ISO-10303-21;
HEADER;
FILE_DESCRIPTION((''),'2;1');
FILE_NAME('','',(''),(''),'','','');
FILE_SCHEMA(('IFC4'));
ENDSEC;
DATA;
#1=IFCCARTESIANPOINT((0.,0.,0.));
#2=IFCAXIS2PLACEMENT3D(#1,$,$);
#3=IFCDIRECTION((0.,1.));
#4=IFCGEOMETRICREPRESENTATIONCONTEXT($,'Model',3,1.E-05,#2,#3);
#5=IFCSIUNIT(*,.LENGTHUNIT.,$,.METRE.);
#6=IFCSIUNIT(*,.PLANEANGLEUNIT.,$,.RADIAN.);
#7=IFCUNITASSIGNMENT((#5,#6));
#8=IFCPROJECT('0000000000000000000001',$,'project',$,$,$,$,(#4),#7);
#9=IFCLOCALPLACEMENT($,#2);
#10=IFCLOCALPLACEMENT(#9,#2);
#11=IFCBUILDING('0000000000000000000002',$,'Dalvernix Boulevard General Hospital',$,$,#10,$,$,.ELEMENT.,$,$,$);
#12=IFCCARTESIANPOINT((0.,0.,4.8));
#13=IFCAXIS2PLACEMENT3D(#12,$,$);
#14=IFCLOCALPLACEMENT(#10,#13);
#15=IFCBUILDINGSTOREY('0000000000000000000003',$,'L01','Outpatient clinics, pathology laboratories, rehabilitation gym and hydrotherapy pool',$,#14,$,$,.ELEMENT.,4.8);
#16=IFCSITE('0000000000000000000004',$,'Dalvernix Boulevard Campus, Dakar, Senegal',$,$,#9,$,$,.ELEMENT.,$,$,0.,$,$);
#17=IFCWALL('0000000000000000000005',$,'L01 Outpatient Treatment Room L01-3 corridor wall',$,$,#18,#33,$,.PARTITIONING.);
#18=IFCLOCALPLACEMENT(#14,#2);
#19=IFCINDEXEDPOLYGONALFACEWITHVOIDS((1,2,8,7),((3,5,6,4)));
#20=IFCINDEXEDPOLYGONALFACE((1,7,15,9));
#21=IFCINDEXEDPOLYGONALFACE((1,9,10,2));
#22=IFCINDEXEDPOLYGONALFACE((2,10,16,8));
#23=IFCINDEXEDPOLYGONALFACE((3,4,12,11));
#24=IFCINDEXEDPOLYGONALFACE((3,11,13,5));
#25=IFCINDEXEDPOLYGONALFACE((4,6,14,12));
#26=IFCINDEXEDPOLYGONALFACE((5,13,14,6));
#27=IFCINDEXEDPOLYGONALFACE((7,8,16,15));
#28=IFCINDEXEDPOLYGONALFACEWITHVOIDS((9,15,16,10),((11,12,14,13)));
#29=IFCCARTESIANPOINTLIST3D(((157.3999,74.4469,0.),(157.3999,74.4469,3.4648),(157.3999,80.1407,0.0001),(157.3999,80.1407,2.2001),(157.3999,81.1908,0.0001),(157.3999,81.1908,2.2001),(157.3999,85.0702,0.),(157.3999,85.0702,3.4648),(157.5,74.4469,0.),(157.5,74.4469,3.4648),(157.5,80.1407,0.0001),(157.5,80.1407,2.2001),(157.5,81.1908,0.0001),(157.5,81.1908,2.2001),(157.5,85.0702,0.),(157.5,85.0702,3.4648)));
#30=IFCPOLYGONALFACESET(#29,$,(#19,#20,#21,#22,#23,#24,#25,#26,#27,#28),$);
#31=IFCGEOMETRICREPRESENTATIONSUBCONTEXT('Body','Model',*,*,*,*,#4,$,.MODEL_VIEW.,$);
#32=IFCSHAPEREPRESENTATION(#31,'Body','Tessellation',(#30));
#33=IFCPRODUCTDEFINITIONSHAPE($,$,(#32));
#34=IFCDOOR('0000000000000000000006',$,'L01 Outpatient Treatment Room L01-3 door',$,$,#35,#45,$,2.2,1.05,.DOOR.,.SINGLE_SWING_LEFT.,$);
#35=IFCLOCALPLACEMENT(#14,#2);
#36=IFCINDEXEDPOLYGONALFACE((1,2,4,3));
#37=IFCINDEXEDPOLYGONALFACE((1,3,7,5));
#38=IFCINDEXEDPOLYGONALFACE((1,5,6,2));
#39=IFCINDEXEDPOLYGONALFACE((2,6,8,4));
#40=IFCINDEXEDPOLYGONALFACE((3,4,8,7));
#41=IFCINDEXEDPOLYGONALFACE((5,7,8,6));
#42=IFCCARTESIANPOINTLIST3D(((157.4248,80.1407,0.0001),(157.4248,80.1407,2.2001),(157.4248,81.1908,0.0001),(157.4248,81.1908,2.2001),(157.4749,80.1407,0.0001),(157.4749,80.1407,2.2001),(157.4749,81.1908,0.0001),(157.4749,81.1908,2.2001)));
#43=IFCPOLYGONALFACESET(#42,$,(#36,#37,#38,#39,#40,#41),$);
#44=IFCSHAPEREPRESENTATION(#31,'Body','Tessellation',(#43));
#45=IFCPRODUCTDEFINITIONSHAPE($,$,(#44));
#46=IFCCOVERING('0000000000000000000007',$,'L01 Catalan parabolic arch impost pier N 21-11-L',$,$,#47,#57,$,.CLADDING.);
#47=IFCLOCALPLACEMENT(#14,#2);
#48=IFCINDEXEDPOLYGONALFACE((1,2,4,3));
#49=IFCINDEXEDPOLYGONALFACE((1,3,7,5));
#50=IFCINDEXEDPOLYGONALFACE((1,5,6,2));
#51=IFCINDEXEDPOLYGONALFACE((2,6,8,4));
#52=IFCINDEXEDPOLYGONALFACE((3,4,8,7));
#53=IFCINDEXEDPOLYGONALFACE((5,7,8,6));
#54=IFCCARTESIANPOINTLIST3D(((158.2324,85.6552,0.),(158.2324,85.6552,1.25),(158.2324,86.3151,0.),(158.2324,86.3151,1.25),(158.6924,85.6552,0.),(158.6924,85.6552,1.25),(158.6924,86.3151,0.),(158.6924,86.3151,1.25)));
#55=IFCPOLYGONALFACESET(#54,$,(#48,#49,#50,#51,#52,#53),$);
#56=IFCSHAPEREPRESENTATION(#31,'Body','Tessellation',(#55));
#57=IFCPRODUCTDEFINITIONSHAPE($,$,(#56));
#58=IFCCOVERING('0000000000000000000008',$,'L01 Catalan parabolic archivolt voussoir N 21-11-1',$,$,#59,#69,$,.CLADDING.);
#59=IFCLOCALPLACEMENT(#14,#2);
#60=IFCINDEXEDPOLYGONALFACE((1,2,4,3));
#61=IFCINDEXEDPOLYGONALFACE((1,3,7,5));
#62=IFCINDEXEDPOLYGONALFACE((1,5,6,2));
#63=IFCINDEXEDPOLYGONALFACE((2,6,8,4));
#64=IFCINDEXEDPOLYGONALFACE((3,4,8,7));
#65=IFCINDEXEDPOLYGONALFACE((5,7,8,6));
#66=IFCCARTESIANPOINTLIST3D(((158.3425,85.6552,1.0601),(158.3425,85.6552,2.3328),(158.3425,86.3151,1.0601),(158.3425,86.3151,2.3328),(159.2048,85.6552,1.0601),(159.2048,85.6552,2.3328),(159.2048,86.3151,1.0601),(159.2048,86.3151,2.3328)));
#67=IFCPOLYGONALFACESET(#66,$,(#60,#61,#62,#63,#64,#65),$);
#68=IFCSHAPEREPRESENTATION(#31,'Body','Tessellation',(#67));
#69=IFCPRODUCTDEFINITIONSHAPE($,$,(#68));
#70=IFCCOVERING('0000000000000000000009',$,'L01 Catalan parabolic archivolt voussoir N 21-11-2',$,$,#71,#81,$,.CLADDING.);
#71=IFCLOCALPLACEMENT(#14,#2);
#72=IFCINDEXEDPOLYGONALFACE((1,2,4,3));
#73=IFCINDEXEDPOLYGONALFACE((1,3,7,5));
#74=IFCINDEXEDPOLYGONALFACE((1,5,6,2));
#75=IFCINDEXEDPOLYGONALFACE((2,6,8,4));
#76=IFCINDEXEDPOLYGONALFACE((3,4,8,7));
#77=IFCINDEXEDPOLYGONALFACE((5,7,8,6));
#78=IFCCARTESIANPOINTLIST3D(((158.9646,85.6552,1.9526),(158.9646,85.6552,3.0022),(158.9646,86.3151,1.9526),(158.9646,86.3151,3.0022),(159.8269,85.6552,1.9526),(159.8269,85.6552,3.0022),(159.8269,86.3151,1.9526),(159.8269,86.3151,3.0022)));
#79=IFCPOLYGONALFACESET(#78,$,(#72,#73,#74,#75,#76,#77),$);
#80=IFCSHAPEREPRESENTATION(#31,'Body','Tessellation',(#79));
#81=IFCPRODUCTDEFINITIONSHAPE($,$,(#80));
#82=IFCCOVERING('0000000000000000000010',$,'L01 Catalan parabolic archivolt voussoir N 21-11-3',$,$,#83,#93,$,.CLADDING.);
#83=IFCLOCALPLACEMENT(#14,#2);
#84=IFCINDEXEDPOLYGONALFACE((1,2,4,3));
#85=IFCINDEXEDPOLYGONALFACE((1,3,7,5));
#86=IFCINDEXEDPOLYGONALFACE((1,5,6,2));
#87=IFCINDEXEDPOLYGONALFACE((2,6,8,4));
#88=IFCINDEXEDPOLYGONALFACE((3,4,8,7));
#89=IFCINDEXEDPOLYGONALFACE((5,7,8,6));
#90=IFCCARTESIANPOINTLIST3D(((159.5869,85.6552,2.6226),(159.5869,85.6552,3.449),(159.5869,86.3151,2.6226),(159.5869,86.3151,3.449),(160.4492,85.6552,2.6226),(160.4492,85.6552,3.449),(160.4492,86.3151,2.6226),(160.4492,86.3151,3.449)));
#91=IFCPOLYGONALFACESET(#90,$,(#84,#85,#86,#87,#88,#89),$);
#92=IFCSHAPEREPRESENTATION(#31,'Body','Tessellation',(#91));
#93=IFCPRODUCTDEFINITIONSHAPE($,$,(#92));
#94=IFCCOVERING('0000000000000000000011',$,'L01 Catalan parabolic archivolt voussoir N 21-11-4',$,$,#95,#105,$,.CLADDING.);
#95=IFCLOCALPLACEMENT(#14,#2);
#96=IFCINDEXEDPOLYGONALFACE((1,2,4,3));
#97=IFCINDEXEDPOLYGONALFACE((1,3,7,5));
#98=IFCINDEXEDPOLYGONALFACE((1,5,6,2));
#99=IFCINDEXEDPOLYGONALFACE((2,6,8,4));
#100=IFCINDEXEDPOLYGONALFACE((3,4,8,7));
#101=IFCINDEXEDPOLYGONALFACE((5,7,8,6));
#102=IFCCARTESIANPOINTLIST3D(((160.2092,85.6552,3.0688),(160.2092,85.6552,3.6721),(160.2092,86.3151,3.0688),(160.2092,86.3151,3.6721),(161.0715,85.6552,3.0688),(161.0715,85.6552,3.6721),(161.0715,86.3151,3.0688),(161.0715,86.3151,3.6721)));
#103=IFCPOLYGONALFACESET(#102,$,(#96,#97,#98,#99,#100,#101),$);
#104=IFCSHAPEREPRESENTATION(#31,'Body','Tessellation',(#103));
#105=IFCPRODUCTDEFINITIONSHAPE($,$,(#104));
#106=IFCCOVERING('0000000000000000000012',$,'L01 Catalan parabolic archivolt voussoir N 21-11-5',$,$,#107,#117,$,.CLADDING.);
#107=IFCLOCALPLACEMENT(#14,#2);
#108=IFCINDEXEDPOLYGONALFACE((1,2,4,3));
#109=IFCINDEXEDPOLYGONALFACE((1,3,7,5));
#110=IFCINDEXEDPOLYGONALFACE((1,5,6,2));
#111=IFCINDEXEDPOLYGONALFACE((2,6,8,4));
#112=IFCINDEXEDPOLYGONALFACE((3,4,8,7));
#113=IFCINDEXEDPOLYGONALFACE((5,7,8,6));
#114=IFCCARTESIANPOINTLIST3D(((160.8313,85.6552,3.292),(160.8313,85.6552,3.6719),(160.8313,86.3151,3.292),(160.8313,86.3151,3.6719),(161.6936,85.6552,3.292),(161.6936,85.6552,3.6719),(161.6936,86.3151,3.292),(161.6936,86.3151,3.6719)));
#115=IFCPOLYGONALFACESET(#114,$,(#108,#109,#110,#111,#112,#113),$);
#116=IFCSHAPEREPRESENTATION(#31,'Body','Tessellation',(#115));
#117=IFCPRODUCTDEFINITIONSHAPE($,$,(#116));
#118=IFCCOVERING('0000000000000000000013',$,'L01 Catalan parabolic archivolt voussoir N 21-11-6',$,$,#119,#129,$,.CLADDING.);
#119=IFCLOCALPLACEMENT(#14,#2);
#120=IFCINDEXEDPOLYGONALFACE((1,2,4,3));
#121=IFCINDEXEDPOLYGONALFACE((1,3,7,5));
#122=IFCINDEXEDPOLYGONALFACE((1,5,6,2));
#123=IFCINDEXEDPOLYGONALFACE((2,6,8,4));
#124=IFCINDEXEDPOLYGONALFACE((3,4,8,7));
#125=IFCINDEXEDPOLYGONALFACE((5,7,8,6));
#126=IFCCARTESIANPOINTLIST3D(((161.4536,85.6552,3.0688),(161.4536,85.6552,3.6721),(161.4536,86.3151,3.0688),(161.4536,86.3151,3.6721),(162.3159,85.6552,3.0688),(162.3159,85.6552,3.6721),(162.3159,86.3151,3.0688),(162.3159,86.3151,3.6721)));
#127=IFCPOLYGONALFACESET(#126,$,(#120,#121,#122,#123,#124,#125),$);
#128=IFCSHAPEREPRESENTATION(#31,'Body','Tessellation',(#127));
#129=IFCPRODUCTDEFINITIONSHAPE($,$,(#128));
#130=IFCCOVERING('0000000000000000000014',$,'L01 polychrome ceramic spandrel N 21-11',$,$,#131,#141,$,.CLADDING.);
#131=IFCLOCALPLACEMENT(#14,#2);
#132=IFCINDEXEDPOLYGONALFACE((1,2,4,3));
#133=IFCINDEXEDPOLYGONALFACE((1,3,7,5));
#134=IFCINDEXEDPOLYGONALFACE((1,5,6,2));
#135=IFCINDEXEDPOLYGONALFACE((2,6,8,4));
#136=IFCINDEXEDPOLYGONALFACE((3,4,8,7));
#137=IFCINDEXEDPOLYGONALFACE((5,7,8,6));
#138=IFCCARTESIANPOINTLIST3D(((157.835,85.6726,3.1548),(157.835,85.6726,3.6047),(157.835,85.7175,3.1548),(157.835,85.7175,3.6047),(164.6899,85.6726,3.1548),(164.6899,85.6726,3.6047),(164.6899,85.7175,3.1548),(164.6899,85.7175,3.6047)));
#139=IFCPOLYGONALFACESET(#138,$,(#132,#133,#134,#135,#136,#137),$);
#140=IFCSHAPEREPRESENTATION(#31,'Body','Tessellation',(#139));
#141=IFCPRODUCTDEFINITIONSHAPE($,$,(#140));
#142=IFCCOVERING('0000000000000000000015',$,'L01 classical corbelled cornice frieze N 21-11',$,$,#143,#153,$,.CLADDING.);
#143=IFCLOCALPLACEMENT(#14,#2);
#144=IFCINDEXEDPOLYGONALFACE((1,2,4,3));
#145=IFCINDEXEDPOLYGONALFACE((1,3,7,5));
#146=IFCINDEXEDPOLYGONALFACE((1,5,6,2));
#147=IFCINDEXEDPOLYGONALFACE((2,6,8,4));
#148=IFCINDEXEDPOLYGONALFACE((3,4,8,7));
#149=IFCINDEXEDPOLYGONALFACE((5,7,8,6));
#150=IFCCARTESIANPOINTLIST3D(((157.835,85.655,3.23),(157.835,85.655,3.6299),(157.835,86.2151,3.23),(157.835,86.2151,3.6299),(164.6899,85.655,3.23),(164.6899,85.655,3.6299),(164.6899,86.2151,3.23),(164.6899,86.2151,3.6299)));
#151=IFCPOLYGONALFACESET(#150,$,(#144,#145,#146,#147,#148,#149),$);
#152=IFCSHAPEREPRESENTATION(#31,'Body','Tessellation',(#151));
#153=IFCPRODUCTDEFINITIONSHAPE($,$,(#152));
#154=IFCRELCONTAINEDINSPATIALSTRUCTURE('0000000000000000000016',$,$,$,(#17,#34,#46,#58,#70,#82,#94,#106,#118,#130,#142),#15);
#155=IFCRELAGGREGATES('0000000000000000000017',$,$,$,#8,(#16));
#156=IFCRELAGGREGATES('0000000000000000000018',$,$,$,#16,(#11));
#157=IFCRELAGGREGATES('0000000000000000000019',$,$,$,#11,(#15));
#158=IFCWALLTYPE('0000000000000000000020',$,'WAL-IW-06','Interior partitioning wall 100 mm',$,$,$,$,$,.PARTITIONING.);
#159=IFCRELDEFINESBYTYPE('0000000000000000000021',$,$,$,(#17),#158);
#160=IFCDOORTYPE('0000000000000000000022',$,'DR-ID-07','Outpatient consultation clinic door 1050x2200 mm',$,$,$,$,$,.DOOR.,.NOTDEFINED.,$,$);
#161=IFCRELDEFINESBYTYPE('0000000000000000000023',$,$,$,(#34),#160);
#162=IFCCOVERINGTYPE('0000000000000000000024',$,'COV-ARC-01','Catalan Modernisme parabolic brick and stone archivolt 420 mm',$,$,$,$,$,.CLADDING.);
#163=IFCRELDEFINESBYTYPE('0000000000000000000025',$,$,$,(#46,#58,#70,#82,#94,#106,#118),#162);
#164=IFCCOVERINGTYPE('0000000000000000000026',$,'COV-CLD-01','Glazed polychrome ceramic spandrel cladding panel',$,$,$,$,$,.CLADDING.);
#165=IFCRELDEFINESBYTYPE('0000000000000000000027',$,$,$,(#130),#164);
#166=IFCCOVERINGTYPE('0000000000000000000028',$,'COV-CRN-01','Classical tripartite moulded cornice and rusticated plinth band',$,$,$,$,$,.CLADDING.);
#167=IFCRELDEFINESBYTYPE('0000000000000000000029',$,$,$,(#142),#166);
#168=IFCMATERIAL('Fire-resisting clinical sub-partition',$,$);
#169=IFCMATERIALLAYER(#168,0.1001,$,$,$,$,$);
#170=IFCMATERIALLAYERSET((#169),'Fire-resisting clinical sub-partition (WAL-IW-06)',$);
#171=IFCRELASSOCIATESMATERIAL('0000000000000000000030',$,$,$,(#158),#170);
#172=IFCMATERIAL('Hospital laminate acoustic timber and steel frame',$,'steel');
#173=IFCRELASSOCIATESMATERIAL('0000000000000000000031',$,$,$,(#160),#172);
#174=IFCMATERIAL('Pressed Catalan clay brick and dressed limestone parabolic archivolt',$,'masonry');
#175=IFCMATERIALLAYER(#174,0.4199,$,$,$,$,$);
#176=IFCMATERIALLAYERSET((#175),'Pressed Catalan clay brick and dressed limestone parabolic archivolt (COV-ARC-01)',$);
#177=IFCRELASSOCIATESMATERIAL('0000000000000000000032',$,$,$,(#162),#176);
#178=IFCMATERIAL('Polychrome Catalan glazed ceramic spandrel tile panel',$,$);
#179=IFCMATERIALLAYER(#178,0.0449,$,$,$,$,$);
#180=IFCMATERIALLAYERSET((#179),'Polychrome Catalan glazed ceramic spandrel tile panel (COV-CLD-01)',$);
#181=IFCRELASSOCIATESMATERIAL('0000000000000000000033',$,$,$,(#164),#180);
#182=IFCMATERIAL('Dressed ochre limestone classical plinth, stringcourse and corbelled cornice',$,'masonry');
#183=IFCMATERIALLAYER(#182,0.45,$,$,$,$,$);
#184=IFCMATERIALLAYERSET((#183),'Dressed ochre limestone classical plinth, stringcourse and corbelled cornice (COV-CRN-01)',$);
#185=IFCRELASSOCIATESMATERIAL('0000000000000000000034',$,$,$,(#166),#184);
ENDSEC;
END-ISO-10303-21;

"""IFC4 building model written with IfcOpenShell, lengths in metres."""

from ifc_helpers import new_model, si_unit, direction, frame, frame_2d, origin, origin_2d, place, context, subcontext, project, spatial, rectangle, extrude, material, layer, layer_set, type_object, element, fill, save


model = new_model("IFC4")

# Units and contexts
model_context = context("Model", 3, precision=1e-05, world=origin(), true_north=direction((0.0, 1.0)))
body_context = subcontext(model_context, "Body", "Model", "MODEL_VIEW")
ifc_project = project(units=[si_unit("LENGTHUNIT", "METRE"), si_unit("PLANEANGLEUNIT", "RADIAN")], contexts=[model_context])

# Site, building, storey
site_placement = place(None, origin())
site = spatial("IfcSite", under=ifc_project, at=site_placement, Name="Dalvernix Boulevard Campus, Dakar, Senegal", CompositionType="ELEMENT", RefElevation=0.0)
building_placement = place(site_placement, origin())
building = spatial("IfcBuilding", under=site, at=building_placement, Name="Dalvernix Boulevard General Hospital", CompositionType="ELEMENT")
storey_placement = place(building_placement, frame((0.0, 0.0, 4.8)))
storey = spatial("IfcBuildingStorey", under=building, at=storey_placement, Name="L01", Description="Outpatient clinics, pathology laboratories, rehabilitation gym and hydrotherapy pool", CompositionType="ELEMENT", Elevation=4.8)

# Wall, opening, door
ifc_material_1 = material(Name="Fire-resisting clinical sub-partition")
ifc_layer_1 = layer(ifc_material_1, 0.1001)
ifc_layer_set_1 = layer_set([ifc_layer_1], Name="Fire-resisting clinical sub-partition (WAL-IW-06)")
wall_type_1 = type_object("IfcWallType", Name="WAL-IW-06", Description="Interior partitioning wall 100 mm", PredefinedType="PARTITIONING", material=ifc_layer_set_1)
wall_1_placement = place(storey_placement, frame((157.45, 85.0701, 0.0), z_axis=(0.0, 0.0, 1.0), x_axis=(0.0, -1.0, 0.0)))
wall_1 = element("IfcWall", 1, at=wall_1_placement, inside=storey, type_object=wall_type_1, Name="L01 Outpatient Treatment Room L01-3 corridor wall", PredefinedType="PARTITIONING", context=body_context, shape_type="SweptSolid", body=[
    extrude(rectangle(XDim=10.6233, YDim=0.1001, at=frame_2d((5.3115, 0.0))), origin(), (0.0, 0.0, 1.0), 3.4648),
])
opening_1_placement = place(wall_1_placement, frame((3.8794, 0.0, 0.0)))
opening_1 = element("IfcOpeningElement", 2, at=opening_1_placement, cuts=wall_1, PredefinedType="OPENING", context=body_context, shape_type="SweptSolid", body=[
    extrude(rectangle(XDim=1.05, YDim=2.2, at=frame_2d((0.5249, 1.1001))), frame((0.0, 0.0601, 0.0), z_axis=(0.0, -1.0, 0.0), x_axis=(1.0, 0.0, 0.0)), (0.0, 0.0, 1.0), 0.1201),
])
ifc_material_2 = material(Name="Hospital laminate acoustic timber and steel frame", Category="steel")
door_type = type_object("IfcDoorType", Name="DR-ID-07", Description="Outpatient consultation clinic door 1050x2200 mm", OperationType="NOTDEFINED", PredefinedType="DOOR", material=ifc_material_2)
door_placement = place(opening_1_placement, origin())
door = element("IfcDoor", 3, at=door_placement, inside=storey, type_object=door_type, Name="L01 Outpatient Treatment Room L01-3 door", OperationType="SINGLE_SWING_LEFT", OverallHeight=2.2, OverallWidth=1.05, PredefinedType="DOOR", context=body_context, shape_type="SweptSolid", body=[
    extrude(rectangle(XDim=1.05, YDim=2.2, at=frame_2d((0.5249, 1.1001))), frame((0.0, 0.0249, 0.0), z_axis=(0.0, -1.0, 0.0), x_axis=(1.0, 0.0, 0.0)), (0.0, 0.0, 1.0), 0.05),
])
fill(opening_1, door)

# Coverings
ifc_material_3 = material(Name="Pressed Catalan clay brick and dressed limestone parabolic archivolt", Category="masonry")
ifc_layer_2 = layer(ifc_material_3, 0.4199)
ifc_layer_set_2 = layer_set([ifc_layer_2], Name="Pressed Catalan clay brick and dressed limestone parabolic archivolt (COV-ARC-01)")
covering_type_1 = type_object("IfcCoveringType", Name="COV-ARC-01", Description="Catalan Modernisme parabolic brick and stone archivolt 420 mm", PredefinedType="CLADDING", material=ifc_layer_set_2)
covering_1_placement = place(storey_placement, frame((158.4624, 85.9851, 0.0), z_axis=(0.0, 0.0, 1.0), x_axis=(1.0, 0.0, 0.0)))
element("IfcCovering", 4, at=covering_1_placement, inside=storey, type_object=covering_type_1, Name="L01 Catalan parabolic arch impost pier N 21-11-L", PredefinedType="CLADDING", context=body_context, shape_type="SweptSolid", body=[
    extrude(rectangle(XDim=0.46, YDim=0.6599, at=origin_2d()), origin(), (0.0, 0.0, 1.0), 1.25),
])
covering_2_placement = place(storey_placement, frame((158.7737, 85.9851, 1.0601), z_axis=(0.0, 0.0, 1.0), x_axis=(1.0, 0.0, 0.0)))
element("IfcCovering", 5, at=covering_2_placement, inside=storey, type_object=covering_type_1, Name="L01 Catalan parabolic archivolt voussoir N 21-11-1", PredefinedType="CLADDING", context=body_context, shape_type="SweptSolid", body=[
    extrude(rectangle(XDim=0.8623, YDim=0.6599, at=origin_2d()), origin(), (0.0, 0.0, 1.0), 1.2727),
])
covering_3_placement = place(storey_placement, frame((159.3958, 85.9851, 1.9526), z_axis=(0.0, 0.0, 1.0), x_axis=(1.0, 0.0, 0.0)))
element("IfcCovering", 6, at=covering_3_placement, inside=storey, type_object=covering_type_1, Name="L01 Catalan parabolic archivolt voussoir N 21-11-2", PredefinedType="CLADDING", context=body_context, shape_type="SweptSolid", body=[
    extrude(rectangle(XDim=0.8623, YDim=0.6599, at=origin_2d()), origin(), (0.0, 0.0, 1.0), 1.0496),
])
covering_4_placement = place(storey_placement, frame((160.0181, 85.9851, 2.6226), z_axis=(0.0, 0.0, 1.0), x_axis=(1.0, 0.0, 0.0)))
element("IfcCovering", 7, at=covering_4_placement, inside=storey, type_object=covering_type_1, Name="L01 Catalan parabolic archivolt voussoir N 21-11-3", PredefinedType="CLADDING", context=body_context, shape_type="SweptSolid", body=[
    extrude(rectangle(XDim=0.8623, YDim=0.6599, at=origin_2d()), origin(), (0.0, 0.0, 1.0), 0.8264),
])
covering_5_placement = place(storey_placement, frame((160.6404, 85.9851, 3.0688), z_axis=(0.0, 0.0, 1.0), x_axis=(1.0, 0.0, 0.0)))
element("IfcCovering", 8, at=covering_5_placement, inside=storey, type_object=covering_type_1, Name="L01 Catalan parabolic archivolt voussoir N 21-11-4", PredefinedType="CLADDING", context=body_context, shape_type="SweptSolid", body=[
    extrude(rectangle(XDim=0.8623, YDim=0.6599, at=origin_2d()), origin(), (0.0, 0.0, 1.0), 0.6033),
])
covering_6_placement = place(storey_placement, frame((161.2625, 85.9851, 3.292), z_axis=(0.0, 0.0, 1.0), x_axis=(1.0, 0.0, 0.0)))
element("IfcCovering", 9, at=covering_6_placement, inside=storey, type_object=covering_type_1, Name="L01 Catalan parabolic archivolt voussoir N 21-11-5", PredefinedType="CLADDING", context=body_context, shape_type="SweptSolid", body=[
    extrude(rectangle(XDim=0.8623, YDim=0.6599, at=origin_2d()), origin(), (0.0, 0.0, 1.0), 0.3799),
])
covering_7_placement = place(storey_placement, frame((161.8848, 85.9851, 3.0688), z_axis=(0.0, 0.0, 1.0), x_axis=(1.0, 0.0, 0.0)))
element("IfcCovering", 10, at=covering_7_placement, inside=storey, type_object=covering_type_1, Name="L01 Catalan parabolic archivolt voussoir N 21-11-6", PredefinedType="CLADDING", context=body_context, shape_type="SweptSolid", body=[
    extrude(rectangle(XDim=0.8623, YDim=0.6599, at=origin_2d()), origin(), (0.0, 0.0, 1.0), 0.6033),
])
ifc_material_4 = material(Name="Polychrome Catalan glazed ceramic spandrel tile panel")
ifc_layer_3 = layer(ifc_material_4, 0.0449)
ifc_layer_set_3 = layer_set([ifc_layer_3], Name="Polychrome Catalan glazed ceramic spandrel tile panel (COV-CLD-01)")
covering_type_2 = type_object("IfcCoveringType", Name="COV-CLD-01", Description="Glazed polychrome ceramic spandrel cladding panel", PredefinedType="CLADDING", material=ifc_layer_set_3)
covering_8_placement = place(storey_placement, frame((161.2625, 85.6951, 3.1548), z_axis=(0.0, 0.0, 1.0), x_axis=(1.0, 0.0, 0.0)))
element("IfcCovering", 11, at=covering_8_placement, inside=storey, type_object=covering_type_2, Name="L01 polychrome ceramic spandrel N 21-11", PredefinedType="CLADDING", context=body_context, shape_type="SweptSolid", body=[
    extrude(rectangle(XDim=6.855, YDim=0.0449, at=origin_2d()), origin(), (0.0, 0.0, 1.0), 0.45),
])
ifc_material_5 = material(Name="Dressed ochre limestone classical plinth, stringcourse and corbelled cornice", Category="masonry")
ifc_layer_4 = layer(ifc_material_5, 0.45)
ifc_layer_set_4 = layer_set([ifc_layer_4], Name="Dressed ochre limestone classical plinth, stringcourse and corbelled cornice (COV-CRN-01)")
covering_type_3 = type_object("IfcCoveringType", Name="COV-CRN-01", Description="Classical tripartite moulded cornice and rusticated plinth band", PredefinedType="CLADDING", material=ifc_layer_set_4)
covering_9_placement = place(storey_placement, frame((161.2625, 85.9351, 3.23), z_axis=(0.0, 0.0, 1.0), x_axis=(1.0, 0.0, 0.0)))
element("IfcCovering", 12, at=covering_9_placement, inside=storey, type_object=covering_type_3, Name="L01 classical corbelled cornice frieze N 21-11", PredefinedType="CLADDING", context=body_context, shape_type="SweptSolid", body=[
    extrude(rectangle(XDim=6.855, YDim=0.5601, at=origin_2d()), origin(), (0.0, 0.0, 1.0), 0.3999),
])

save(model, "model.ifc")
